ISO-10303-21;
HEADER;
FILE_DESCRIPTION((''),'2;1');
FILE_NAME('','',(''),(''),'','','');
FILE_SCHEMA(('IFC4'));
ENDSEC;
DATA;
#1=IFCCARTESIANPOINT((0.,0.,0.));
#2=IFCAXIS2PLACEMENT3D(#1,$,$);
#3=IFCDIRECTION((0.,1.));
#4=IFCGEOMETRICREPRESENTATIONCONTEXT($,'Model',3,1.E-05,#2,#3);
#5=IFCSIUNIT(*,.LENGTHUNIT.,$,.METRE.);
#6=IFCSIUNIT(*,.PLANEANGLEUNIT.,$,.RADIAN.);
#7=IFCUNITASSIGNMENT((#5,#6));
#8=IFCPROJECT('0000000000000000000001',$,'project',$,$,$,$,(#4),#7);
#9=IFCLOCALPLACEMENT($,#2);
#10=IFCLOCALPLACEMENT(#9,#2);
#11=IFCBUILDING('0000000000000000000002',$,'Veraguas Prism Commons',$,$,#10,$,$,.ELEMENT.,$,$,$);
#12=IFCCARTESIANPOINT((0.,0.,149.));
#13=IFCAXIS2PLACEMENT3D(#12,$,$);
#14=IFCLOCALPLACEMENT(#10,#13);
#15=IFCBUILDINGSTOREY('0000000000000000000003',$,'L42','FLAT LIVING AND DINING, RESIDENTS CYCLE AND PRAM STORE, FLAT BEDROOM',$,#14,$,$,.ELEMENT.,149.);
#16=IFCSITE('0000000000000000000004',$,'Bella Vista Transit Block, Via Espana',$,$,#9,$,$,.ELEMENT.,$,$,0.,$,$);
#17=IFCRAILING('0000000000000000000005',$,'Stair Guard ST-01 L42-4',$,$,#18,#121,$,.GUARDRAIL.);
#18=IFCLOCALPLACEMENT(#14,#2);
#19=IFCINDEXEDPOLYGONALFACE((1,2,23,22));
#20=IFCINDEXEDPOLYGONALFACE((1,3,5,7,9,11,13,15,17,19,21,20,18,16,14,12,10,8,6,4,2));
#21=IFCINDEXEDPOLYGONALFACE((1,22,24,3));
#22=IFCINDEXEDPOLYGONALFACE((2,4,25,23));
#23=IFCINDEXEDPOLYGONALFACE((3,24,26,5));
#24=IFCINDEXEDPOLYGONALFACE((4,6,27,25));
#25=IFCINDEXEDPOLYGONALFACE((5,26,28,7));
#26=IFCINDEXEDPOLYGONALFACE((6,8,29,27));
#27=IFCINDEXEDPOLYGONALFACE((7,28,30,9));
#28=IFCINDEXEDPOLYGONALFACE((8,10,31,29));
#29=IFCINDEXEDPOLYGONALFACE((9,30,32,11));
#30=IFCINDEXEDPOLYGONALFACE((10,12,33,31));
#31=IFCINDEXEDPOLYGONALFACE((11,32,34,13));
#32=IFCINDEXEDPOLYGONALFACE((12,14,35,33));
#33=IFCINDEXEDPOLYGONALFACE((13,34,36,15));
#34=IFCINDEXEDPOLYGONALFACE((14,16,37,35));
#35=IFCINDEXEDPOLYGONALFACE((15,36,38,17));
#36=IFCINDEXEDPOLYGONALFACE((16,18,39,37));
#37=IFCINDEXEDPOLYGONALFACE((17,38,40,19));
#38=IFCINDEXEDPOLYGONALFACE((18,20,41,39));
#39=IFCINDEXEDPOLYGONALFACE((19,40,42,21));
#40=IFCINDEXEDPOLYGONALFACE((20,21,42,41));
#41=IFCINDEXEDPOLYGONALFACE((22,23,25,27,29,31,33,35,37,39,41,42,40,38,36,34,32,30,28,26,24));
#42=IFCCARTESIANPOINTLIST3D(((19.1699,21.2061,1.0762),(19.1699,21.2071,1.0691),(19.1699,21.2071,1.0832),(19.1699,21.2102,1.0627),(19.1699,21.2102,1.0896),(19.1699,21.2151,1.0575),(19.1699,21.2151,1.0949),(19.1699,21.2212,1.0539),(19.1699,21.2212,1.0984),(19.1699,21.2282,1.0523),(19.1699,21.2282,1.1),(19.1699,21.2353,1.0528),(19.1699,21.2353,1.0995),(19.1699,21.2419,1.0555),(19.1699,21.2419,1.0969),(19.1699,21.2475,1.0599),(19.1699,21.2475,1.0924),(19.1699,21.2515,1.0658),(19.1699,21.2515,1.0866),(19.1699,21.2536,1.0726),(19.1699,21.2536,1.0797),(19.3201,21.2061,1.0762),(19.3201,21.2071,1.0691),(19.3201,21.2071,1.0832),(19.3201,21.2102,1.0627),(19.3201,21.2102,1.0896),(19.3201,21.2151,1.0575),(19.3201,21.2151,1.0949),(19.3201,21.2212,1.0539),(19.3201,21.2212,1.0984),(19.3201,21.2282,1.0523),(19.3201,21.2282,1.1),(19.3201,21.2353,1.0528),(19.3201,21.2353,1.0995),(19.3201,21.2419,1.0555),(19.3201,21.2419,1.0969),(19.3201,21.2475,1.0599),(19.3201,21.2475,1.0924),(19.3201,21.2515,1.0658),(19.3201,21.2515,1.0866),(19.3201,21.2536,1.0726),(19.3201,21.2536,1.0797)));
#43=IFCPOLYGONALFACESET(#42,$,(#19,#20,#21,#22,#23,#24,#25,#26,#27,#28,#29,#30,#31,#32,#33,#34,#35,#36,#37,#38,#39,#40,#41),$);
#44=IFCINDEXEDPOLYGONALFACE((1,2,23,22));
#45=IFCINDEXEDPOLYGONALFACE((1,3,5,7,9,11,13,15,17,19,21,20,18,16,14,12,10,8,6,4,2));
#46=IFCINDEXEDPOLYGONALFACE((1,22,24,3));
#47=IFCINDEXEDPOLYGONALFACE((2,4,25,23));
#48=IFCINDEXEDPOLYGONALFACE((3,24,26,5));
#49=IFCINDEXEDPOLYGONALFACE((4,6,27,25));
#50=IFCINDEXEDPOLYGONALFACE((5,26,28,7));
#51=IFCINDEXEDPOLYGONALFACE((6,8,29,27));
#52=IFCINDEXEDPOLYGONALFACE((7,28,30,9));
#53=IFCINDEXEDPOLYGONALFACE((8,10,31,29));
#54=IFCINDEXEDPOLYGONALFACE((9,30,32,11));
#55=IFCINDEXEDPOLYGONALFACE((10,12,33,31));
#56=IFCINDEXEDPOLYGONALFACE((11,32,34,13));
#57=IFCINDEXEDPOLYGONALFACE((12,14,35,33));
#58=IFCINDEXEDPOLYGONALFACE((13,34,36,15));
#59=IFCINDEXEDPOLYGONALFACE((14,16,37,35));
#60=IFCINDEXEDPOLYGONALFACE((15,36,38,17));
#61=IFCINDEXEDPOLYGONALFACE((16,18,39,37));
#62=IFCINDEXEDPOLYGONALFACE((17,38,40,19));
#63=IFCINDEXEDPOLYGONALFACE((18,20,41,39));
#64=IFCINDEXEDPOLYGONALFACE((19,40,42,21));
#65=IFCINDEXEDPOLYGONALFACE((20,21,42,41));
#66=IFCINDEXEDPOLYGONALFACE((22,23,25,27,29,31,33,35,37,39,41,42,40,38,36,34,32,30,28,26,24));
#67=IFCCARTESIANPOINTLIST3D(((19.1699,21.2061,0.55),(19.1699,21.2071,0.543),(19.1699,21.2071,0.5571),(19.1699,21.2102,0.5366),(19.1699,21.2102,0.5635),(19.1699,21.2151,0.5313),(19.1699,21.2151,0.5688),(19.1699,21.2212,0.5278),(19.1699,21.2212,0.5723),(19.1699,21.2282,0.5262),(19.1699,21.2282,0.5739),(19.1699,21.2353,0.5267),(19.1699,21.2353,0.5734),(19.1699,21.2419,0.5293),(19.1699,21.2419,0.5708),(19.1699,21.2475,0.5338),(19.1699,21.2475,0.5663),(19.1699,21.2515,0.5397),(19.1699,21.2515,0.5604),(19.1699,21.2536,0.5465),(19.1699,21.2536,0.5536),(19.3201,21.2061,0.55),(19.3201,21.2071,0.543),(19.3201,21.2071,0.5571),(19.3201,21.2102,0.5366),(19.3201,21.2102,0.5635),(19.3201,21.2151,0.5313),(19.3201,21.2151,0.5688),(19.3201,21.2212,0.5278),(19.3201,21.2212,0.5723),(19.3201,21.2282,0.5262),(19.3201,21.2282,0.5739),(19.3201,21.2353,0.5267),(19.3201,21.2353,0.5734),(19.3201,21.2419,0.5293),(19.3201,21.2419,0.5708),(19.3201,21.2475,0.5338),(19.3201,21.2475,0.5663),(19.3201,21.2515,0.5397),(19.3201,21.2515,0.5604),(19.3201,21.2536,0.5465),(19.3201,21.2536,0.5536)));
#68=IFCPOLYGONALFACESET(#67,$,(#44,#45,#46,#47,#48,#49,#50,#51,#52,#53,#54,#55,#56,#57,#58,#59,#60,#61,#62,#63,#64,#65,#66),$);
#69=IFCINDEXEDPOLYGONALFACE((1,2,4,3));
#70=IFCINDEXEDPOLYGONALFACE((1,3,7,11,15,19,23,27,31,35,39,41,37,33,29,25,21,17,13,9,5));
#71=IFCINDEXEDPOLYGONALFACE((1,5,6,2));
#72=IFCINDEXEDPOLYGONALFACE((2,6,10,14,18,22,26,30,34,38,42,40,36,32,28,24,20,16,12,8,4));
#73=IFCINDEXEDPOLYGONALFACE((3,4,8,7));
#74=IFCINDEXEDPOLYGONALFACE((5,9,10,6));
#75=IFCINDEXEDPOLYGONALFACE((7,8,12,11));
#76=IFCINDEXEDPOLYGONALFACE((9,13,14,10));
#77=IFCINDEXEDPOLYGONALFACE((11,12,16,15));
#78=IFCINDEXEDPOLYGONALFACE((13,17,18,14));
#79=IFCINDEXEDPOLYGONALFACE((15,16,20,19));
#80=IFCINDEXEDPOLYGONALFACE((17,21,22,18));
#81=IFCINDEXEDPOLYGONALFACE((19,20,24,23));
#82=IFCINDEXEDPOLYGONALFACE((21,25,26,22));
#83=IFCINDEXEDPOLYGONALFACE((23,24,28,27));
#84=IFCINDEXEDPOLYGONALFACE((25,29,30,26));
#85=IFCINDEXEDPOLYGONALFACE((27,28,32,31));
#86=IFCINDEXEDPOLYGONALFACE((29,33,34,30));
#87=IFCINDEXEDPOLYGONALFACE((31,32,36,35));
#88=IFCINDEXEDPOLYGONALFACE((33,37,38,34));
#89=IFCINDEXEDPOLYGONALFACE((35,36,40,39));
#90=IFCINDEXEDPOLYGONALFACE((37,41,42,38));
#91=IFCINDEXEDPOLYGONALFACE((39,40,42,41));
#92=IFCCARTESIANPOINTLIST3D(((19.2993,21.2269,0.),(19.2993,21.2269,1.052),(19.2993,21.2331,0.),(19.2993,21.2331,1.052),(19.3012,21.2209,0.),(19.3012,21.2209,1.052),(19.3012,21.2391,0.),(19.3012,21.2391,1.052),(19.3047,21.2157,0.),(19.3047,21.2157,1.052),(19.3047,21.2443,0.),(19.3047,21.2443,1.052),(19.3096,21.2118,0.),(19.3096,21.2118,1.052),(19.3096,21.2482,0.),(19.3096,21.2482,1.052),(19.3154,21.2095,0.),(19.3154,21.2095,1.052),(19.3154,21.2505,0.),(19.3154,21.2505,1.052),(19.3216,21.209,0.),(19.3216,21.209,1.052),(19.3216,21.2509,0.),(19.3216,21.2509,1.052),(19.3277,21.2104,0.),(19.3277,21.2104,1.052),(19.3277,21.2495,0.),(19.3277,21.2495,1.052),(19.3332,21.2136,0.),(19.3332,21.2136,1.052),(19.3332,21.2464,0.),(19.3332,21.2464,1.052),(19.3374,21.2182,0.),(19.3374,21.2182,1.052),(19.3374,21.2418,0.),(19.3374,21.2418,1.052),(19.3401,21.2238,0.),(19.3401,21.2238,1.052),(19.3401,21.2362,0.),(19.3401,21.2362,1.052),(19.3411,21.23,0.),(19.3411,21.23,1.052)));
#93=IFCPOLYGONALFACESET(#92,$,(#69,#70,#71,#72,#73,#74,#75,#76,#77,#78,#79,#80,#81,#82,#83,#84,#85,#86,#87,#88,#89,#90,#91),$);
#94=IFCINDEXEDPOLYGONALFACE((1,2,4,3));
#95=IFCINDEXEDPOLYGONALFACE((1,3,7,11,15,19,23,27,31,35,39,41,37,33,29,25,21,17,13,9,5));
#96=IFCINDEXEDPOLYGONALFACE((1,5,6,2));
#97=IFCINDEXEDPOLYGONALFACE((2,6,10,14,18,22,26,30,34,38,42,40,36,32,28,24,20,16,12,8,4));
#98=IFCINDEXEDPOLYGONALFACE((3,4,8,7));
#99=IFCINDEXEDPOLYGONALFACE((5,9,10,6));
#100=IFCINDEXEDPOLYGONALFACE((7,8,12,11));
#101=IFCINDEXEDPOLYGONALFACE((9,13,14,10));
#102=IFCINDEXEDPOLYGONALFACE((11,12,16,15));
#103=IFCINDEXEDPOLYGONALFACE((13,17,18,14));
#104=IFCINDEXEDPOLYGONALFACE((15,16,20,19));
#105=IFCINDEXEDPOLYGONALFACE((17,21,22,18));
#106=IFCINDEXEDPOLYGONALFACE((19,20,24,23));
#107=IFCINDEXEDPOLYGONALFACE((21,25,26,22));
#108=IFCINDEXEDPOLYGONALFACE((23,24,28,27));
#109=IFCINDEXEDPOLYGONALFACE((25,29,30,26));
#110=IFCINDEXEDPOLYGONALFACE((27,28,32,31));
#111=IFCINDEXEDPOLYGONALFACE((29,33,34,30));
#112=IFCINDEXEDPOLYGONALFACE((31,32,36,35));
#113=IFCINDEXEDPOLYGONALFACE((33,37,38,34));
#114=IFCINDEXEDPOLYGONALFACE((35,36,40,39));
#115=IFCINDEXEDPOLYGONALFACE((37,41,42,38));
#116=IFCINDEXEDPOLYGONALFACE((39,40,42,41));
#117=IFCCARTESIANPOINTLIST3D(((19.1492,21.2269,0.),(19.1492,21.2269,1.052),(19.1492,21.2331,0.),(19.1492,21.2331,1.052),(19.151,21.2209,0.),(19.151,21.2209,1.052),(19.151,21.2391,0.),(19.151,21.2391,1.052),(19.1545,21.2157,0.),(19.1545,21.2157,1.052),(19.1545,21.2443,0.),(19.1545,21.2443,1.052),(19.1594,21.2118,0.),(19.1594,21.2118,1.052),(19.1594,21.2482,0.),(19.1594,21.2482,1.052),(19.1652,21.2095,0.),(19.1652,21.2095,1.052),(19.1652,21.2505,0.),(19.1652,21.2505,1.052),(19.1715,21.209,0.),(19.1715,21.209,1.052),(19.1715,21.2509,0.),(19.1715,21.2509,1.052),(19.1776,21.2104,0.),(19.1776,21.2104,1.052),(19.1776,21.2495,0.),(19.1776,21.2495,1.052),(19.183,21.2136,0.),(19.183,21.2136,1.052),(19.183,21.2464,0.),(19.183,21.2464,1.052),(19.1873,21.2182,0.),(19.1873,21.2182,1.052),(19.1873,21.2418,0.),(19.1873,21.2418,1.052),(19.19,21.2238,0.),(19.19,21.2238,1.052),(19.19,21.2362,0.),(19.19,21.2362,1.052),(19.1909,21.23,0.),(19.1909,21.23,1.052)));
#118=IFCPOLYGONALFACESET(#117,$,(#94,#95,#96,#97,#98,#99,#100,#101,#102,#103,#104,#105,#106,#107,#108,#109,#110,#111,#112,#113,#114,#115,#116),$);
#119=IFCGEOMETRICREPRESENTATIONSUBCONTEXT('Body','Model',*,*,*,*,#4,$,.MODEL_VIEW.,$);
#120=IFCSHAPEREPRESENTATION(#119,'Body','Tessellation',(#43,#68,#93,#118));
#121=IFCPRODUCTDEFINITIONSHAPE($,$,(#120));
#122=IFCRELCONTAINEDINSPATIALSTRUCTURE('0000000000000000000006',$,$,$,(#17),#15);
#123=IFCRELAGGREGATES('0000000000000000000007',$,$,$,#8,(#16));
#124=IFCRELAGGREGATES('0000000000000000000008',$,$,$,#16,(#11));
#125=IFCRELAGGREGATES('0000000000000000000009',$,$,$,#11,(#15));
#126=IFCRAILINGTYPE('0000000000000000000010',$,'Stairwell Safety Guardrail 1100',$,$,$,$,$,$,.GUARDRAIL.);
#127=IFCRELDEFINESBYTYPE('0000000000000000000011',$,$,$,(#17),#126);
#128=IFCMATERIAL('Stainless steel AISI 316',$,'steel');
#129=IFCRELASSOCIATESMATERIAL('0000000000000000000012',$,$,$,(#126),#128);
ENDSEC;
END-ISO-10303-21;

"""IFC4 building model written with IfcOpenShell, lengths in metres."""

from ifc_helpers import new_model, si_unit, direction, frame, origin, origin_2d, place, context, subcontext, project, spatial, circle, extrude, material, type_object, element, save


model = new_model("IFC4")

# Units and contexts
model_context = context("Model", 3, precision=1e-05, world=origin(), true_north=direction((0.0, 1.0)))
body_context = subcontext(model_context, "Body", "Model", "MODEL_VIEW")
ifc_project = project(units=[si_unit("LENGTHUNIT", "METRE"), si_unit("PLANEANGLEUNIT", "RADIAN")], contexts=[model_context])

# Site, building, storey
site_placement = place(None, origin())
site = spatial("IfcSite", under=ifc_project, at=site_placement, Name="Bella Vista Transit Block, Via Espana", CompositionType="ELEMENT", RefElevation=0.0)
building_placement = place(site_placement, origin())
building = spatial("IfcBuilding", under=site, at=building_placement, Name="Veraguas Prism Commons", CompositionType="ELEMENT")
storey_placement = place(building_placement, frame((0.0, 0.0, 149.0)))
storey = spatial("IfcBuildingStorey", under=building, at=storey_placement, Name="L42", Description="FLAT LIVING AND DINING, RESIDENTS CYCLE AND PRAM STORE, FLAT BEDROOM", CompositionType="ELEMENT", Elevation=149.0)

# Shared definitions
ifc_material_1 = material(Name="Stainless steel AISI 316", Category="steel")

# Railing
railing_type_1 = type_object("IfcRailingType", Name="Stairwell Safety Guardrail 1100", PredefinedType="GUARDRAIL", material=ifc_material_1)
railing_1_placement = place(storey_placement, frame((19.3201, 21.23, 0.0)))
element("IfcRailing", 1, at=railing_1_placement, inside=storey, type_object=railing_type_1, Name="Stair Guard ST-01 L42-4", PredefinedType="GUARDRAIL", context=body_context, shape_type="SweptSolid", body=[
    extrude(circle(Radius=0.0239, at=origin_2d()), frame((0.0, 0.0, 1.0762), z_axis=(-1.0, 0.0, 0.0), x_axis=(0.0, -1.0, 0.0)), (0.0, 0.0, 1.0), 0.1501),
    extrude(circle(Radius=0.0239, at=origin_2d()), frame((0.0, 0.0, 0.55), z_axis=(-1.0, 0.0, 0.0), x_axis=(0.0, -1.0, 0.0)), (0.0, 0.0, 1.0), 0.1501),
    extrude(circle(Radius=0.021, at=origin_2d()), origin(), (0.0, 0.0, 1.0), 1.052),
    extrude(circle(Radius=0.021, at=origin_2d()), frame((-0.1501, 0.0, 0.0)), (0.0, 0.0, 1.0), 1.052),
])

save(model, "model.ifc")
